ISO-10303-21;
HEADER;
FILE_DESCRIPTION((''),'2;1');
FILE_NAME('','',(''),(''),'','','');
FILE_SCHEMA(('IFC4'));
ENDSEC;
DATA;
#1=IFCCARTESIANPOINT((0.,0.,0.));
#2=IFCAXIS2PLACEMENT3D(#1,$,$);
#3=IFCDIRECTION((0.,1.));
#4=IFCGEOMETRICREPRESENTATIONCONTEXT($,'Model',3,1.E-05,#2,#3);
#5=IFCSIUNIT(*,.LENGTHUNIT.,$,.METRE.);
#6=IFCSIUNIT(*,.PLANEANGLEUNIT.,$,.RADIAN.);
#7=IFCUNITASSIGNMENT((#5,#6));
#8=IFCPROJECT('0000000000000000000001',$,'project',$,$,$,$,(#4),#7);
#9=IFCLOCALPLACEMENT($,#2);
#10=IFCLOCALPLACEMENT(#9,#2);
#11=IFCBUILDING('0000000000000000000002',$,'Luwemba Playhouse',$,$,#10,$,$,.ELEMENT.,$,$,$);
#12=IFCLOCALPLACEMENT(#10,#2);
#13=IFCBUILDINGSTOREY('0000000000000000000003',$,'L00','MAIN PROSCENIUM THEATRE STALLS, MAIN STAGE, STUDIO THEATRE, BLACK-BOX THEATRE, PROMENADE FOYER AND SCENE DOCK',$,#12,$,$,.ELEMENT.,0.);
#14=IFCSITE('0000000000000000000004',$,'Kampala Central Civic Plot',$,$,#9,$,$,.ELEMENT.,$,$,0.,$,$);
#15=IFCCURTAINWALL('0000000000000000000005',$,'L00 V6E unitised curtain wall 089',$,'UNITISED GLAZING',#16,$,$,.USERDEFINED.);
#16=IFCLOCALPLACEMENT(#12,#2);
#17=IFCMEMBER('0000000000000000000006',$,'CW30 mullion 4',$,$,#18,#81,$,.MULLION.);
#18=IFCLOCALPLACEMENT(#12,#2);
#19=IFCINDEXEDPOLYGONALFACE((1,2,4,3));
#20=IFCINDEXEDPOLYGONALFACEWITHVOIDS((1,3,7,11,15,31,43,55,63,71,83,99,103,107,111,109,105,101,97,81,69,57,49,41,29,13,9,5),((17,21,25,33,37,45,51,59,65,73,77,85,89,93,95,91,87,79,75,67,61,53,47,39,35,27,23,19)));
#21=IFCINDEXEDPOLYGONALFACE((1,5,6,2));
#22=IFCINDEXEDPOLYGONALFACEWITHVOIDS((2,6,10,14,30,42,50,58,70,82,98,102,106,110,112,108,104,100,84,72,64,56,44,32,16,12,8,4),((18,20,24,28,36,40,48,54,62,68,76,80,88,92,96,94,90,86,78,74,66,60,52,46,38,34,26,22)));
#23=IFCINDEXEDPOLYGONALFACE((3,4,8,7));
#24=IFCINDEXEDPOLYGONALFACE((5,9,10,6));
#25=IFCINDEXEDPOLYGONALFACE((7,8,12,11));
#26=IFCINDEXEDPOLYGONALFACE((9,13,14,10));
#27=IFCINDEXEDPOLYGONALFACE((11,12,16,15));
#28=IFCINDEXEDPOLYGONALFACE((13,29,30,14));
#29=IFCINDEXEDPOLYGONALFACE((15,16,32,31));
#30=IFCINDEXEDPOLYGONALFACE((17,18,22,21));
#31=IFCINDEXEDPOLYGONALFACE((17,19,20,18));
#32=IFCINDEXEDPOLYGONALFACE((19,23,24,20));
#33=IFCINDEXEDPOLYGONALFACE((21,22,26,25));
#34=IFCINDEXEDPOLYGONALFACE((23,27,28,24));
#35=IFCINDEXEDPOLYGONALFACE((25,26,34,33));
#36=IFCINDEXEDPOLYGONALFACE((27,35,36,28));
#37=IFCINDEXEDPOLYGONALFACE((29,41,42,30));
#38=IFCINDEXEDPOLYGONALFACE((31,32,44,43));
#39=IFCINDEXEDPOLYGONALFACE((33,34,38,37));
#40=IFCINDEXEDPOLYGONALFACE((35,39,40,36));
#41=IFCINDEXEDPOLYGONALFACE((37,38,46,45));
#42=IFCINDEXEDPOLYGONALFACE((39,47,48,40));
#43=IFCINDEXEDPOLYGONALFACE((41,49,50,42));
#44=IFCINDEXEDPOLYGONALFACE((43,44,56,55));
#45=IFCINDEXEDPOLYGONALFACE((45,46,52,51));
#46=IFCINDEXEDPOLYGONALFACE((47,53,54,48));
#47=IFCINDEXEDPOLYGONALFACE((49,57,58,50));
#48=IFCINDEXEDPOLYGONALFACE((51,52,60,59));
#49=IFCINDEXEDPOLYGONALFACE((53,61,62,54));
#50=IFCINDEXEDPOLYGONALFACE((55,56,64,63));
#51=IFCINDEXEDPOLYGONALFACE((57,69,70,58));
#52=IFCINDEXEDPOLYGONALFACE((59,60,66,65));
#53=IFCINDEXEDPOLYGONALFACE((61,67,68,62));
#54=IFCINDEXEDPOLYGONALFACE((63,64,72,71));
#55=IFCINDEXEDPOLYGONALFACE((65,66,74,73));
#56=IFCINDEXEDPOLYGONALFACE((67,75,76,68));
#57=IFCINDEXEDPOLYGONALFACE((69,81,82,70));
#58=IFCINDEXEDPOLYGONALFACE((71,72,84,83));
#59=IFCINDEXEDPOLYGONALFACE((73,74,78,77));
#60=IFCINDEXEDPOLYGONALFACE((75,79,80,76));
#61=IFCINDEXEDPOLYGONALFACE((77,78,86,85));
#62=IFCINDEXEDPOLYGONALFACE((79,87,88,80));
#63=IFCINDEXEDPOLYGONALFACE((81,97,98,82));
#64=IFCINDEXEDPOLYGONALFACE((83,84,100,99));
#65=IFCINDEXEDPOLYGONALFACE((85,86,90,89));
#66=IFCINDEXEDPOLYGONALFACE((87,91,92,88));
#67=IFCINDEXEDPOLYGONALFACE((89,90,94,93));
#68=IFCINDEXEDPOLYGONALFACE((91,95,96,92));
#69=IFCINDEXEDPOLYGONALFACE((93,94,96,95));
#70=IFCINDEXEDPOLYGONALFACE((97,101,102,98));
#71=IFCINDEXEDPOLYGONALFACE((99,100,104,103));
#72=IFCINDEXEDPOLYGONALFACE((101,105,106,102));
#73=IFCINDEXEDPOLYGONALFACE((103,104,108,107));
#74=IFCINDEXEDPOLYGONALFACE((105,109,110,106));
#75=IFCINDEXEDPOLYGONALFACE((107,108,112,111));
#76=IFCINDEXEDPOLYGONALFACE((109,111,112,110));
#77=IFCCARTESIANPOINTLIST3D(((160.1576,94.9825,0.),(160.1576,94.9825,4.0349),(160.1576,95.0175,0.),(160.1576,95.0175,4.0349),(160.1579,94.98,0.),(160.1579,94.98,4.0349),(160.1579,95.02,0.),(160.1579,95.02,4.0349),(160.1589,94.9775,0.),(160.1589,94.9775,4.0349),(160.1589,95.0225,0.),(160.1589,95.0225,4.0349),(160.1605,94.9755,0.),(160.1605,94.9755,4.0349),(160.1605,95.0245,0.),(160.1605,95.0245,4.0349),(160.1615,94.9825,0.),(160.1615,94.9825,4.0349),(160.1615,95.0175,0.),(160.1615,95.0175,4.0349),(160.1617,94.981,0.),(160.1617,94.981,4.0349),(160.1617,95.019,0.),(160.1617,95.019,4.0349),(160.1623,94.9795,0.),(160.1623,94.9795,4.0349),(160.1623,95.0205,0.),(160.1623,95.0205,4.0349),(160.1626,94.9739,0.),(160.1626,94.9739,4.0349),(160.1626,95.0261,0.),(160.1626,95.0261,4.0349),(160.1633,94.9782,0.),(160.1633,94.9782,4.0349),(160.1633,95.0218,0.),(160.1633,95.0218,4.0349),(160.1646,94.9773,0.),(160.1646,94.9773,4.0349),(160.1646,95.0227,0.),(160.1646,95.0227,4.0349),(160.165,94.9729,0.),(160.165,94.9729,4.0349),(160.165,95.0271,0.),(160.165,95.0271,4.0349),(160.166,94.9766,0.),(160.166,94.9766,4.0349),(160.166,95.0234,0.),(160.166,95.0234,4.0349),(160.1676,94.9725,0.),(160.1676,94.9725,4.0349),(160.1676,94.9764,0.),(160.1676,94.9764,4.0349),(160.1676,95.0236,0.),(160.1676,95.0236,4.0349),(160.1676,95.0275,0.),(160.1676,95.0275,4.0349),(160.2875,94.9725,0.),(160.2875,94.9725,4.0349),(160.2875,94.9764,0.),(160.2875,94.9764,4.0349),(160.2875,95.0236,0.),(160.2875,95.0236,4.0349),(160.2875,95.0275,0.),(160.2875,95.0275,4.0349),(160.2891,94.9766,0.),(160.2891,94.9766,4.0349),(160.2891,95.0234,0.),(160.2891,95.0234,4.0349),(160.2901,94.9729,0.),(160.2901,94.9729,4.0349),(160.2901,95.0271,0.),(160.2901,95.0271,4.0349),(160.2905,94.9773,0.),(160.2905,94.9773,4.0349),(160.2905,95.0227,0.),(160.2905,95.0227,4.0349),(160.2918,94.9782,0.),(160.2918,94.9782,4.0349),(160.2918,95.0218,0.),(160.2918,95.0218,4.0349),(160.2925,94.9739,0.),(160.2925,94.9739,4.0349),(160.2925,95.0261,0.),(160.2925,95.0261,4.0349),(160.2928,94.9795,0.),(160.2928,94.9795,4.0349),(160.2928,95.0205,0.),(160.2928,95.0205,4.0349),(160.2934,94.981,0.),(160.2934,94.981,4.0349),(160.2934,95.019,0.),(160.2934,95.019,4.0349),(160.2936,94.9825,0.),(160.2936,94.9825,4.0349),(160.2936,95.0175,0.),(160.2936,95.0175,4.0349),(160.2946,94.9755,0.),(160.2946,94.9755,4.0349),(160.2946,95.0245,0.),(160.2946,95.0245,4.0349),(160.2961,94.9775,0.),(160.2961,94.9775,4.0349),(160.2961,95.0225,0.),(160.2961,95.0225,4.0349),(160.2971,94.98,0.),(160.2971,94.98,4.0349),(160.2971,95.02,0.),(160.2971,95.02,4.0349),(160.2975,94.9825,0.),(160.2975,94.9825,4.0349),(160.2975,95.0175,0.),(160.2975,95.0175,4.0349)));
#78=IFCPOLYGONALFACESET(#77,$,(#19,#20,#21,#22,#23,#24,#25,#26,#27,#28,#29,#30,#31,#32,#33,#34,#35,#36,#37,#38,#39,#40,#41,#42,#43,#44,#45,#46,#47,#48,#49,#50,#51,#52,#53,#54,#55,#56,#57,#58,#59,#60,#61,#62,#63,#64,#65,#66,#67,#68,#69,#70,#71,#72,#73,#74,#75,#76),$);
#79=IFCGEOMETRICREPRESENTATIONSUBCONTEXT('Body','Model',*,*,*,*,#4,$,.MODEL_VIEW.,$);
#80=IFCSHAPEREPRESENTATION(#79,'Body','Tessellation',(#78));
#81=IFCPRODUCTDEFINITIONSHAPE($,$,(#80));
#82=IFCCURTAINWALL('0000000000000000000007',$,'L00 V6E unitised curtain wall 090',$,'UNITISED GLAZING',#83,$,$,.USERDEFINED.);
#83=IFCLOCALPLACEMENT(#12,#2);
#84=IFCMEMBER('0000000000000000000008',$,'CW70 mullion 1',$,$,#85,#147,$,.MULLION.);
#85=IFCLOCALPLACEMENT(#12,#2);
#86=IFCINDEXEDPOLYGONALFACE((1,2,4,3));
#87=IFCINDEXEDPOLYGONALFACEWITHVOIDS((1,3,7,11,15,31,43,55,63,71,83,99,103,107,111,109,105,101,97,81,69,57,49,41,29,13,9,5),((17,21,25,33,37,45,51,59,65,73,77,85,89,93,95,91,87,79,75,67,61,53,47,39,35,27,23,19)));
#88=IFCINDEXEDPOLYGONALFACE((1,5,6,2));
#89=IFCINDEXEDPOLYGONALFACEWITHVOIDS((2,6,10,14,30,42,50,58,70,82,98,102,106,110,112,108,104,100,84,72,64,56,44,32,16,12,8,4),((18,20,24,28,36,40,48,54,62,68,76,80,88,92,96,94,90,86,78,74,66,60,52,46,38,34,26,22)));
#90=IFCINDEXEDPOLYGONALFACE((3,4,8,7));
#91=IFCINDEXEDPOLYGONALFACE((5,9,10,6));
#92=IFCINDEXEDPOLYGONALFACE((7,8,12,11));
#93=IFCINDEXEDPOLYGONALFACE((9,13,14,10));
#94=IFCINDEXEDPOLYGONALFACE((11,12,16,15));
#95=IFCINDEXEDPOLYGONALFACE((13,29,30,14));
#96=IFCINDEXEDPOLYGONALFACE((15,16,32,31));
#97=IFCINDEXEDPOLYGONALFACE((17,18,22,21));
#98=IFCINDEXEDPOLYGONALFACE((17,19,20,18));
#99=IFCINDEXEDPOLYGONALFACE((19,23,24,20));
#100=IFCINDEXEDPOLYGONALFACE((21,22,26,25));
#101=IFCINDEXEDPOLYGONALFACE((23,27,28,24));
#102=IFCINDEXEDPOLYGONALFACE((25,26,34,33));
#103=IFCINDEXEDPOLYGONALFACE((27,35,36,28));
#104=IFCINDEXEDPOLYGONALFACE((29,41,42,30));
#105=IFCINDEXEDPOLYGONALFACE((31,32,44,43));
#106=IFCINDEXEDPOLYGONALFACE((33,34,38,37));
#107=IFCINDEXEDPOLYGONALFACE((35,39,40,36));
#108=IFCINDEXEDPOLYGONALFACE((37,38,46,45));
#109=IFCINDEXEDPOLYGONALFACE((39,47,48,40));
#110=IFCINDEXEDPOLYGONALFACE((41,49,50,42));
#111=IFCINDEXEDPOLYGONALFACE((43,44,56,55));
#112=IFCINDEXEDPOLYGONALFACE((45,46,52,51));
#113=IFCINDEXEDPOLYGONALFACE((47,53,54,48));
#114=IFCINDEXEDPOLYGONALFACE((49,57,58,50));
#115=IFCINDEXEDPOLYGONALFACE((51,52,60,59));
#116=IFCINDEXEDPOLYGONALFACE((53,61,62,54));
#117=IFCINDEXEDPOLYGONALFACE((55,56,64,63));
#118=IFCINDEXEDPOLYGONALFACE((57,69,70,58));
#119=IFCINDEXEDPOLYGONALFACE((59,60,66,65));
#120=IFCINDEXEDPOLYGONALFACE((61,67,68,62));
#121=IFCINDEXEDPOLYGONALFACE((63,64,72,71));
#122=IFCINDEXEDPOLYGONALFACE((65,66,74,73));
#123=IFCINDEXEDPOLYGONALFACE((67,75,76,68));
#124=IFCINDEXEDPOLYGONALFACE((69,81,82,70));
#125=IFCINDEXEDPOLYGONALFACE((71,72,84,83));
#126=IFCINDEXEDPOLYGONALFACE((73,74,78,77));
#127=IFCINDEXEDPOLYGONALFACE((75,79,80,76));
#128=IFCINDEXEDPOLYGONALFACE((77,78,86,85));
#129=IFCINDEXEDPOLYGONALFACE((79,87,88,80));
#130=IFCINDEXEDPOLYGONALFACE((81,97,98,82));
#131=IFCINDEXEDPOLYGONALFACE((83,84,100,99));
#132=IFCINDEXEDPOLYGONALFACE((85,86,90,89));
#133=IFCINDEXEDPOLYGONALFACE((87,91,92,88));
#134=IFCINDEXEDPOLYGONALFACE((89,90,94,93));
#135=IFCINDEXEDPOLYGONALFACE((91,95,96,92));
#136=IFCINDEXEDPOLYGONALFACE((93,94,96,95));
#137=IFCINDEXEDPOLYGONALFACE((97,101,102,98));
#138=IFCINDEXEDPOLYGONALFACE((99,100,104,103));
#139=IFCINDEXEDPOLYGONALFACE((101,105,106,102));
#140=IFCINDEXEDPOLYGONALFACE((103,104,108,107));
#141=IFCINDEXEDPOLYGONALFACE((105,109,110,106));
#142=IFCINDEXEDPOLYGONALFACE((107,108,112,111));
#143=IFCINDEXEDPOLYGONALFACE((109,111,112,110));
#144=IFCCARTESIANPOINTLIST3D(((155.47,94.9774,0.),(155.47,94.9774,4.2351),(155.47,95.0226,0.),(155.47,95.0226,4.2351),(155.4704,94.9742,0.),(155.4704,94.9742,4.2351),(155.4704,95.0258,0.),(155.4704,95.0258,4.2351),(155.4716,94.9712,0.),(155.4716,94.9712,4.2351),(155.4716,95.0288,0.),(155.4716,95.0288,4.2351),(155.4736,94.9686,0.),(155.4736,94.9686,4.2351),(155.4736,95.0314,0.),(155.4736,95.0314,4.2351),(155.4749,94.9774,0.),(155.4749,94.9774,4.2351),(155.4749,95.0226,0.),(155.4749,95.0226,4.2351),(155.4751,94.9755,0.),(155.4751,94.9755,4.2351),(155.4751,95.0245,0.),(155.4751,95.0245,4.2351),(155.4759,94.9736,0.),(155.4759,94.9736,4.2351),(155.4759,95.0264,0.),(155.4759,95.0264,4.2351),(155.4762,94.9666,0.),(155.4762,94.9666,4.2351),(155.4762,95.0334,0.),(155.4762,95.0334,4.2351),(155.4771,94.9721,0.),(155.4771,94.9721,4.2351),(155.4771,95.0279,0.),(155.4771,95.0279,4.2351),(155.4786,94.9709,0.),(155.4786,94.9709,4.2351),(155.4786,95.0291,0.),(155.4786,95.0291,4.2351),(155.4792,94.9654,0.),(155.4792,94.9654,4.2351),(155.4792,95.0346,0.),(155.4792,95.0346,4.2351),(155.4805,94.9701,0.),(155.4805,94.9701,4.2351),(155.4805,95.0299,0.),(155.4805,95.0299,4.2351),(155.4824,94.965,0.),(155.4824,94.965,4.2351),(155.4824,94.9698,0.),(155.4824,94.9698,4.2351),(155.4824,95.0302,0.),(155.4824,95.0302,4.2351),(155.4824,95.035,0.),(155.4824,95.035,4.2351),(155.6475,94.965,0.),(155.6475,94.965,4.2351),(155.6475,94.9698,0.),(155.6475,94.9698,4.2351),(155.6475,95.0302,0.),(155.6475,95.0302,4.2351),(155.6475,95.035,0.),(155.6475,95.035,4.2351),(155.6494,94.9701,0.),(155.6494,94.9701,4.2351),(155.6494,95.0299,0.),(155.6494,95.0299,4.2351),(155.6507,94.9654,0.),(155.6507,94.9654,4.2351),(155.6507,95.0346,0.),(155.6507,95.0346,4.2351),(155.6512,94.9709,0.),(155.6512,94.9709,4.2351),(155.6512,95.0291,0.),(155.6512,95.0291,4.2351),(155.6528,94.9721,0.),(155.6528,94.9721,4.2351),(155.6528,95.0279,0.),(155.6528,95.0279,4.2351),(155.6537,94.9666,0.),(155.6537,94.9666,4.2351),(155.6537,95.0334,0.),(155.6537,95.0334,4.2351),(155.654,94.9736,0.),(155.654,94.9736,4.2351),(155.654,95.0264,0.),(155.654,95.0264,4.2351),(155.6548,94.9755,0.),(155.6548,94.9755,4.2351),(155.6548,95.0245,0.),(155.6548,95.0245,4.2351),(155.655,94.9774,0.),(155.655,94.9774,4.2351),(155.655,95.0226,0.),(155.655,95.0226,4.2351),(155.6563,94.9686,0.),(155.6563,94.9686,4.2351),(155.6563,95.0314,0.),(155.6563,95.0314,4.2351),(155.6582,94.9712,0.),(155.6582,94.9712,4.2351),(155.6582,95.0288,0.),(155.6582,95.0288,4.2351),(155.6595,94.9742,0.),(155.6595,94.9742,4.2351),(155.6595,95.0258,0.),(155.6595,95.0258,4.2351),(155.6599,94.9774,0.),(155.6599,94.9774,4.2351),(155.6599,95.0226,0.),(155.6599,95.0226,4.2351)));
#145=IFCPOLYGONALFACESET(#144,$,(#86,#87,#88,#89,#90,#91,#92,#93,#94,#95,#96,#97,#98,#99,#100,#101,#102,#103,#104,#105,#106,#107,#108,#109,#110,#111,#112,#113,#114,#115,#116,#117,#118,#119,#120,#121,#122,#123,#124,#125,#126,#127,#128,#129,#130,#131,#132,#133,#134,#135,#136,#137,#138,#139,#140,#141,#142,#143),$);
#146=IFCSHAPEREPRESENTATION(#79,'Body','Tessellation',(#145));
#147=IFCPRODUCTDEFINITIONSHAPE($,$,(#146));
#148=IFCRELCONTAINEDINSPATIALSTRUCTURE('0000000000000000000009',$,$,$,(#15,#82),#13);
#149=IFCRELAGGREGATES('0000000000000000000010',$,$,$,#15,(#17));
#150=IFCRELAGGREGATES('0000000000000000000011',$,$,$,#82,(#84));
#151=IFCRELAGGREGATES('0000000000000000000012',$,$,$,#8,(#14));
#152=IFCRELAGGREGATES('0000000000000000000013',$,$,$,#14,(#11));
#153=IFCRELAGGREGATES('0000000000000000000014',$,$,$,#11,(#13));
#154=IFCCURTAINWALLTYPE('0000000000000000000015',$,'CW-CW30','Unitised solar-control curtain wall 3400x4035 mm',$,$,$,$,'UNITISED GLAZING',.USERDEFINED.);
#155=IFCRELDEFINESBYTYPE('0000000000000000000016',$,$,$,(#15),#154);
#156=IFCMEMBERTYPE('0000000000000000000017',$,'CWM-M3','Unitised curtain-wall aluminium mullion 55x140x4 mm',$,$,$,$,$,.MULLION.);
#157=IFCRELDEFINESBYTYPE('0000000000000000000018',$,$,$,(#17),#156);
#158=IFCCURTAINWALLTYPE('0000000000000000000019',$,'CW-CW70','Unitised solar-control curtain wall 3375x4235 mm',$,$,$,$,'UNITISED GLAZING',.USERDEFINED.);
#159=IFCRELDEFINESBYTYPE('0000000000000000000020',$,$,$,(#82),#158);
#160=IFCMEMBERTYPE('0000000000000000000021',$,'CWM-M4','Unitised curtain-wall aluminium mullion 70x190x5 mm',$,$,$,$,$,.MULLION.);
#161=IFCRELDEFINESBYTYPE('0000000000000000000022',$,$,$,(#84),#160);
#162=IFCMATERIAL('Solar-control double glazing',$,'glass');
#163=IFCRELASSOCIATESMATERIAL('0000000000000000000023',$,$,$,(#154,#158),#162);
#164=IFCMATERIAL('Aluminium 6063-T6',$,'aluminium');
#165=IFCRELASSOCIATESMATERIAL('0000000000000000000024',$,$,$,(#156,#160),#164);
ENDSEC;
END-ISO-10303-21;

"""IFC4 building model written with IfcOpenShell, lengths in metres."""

from ifc_helpers import new_model, si_unit, direction, frame, origin, origin_2d, place, context, subcontext, project, spatial, hollow_rectangle, extrude, material, material_profile, profile_set, type_object, element, aggregate, save


model = new_model("IFC4")

# Units and contexts
model_context = context("Model", 3, precision=1e-05, world=origin(), true_north=direction((0.0, 1.0)))
body_context = subcontext(model_context, "Body", "Model", "MODEL_VIEW")
ifc_project = project(units=[si_unit("LENGTHUNIT", "METRE"), si_unit("PLANEANGLEUNIT", "RADIAN")], contexts=[model_context])

# Site, building, storey
site_placement = place(None, origin())
site = spatial("IfcSite", under=ifc_project, at=site_placement, Name="Kampala Central Civic Plot", CompositionType="ELEMENT", RefElevation=0.0)
building_placement = place(site_placement, origin())
building = spatial("IfcBuilding", under=site, at=building_placement, Name="Luwemba Playhouse", CompositionType="ELEMENT")
storey_placement = place(building_placement, origin())
storey = spatial("IfcBuildingStorey", under=building, at=storey_placement, Name="L00", Description="MAIN PROSCENIUM THEATRE STALLS, MAIN STAGE, STUDIO THEATRE, BLACK-BOX THEATRE, PROMENADE FOYER AND SCENE DOCK", CompositionType="ELEMENT", Elevation=0.0)

# Curtain wall, member
ifc_material_1 = material(Name="Solar-control double glazing", Category="glass")
curtain_wall_type_1 = type_object("IfcCurtainWallType", Name="CW-CW30", Description="Unitised solar-control curtain wall 3400x4035 mm", ElementType="UNITISED GLAZING", PredefinedType="USERDEFINED", material=ifc_material_1)
curtain_wall_1_placement = place(storey_placement, origin())
curtain_wall_1 = element("IfcCurtainWall", 1, at=curtain_wall_1_placement, inside=storey, type_object=curtain_wall_type_1, Name="L00 V6E unitised curtain wall 089", ObjectType="UNITISED GLAZING", PredefinedType="USERDEFINED")
ifc_material_2 = material(Name="Aluminium 6063-T6", Category="aluminium")
ifc_material_profile_1 = material_profile(ifc_material_2, hollow_rectangle(XDim=0.0549, YDim=0.1399, WallThickness=0.0039, InnerFilletRadius=0.0061, OuterFilletRadius=0.01, at=origin_2d()))
ifc_profile_set_1 = profile_set([ifc_material_profile_1], Name="Aluminium 6063-T6")
member_type_1 = type_object("IfcMemberType", Name="CWM-M3", Description="Unitised curtain-wall aluminium mullion 55x140x4 mm", PredefinedType="MULLION", material=ifc_profile_set_1)
member_1_placement = place(storey_placement, frame((160.2275, 95.0, 0.0), z_axis=(0.0, 0.0, 1.0), x_axis=(0.0, -1.0, 0.0)))
member_1 = element("IfcMember", 2, at=member_1_placement, type_object=member_type_1, Name="CW30 mullion 4", PredefinedType="MULLION", context=body_context, shape_type="SweptSolid", body=[
    extrude(hollow_rectangle(XDim=0.0549, YDim=0.1399, WallThickness=0.0039, InnerFilletRadius=0.0061, OuterFilletRadius=0.01, at=origin_2d()), origin(), (0.0, 0.0, 1.0), 4.0349),
])
aggregate(curtain_wall_1, [member_1])

# Curtain wall, member
curtain_wall_type_2 = type_object("IfcCurtainWallType", Name="CW-CW70", Description="Unitised solar-control curtain wall 3375x4235 mm", ElementType="UNITISED GLAZING", PredefinedType="USERDEFINED", material=ifc_material_1)
curtain_wall_2_placement = place(storey_placement, origin())
curtain_wall_2 = element("IfcCurtainWall", 3, at=curtain_wall_2_placement, inside=storey, type_object=curtain_wall_type_2, Name="L00 V6E unitised curtain wall 090", ObjectType="UNITISED GLAZING", PredefinedType="USERDEFINED")
ifc_material_profile_2 = material_profile(ifc_material_2, hollow_rectangle(XDim=0.0701, YDim=0.1899, WallThickness=0.0049, InnerFilletRadius=0.0076, OuterFilletRadius=0.0125, at=origin_2d()))
ifc_profile_set_2 = profile_set([ifc_material_profile_2], Name="Aluminium 6063-T6")
member_type_2 = type_object("IfcMemberType", Name="CWM-M4", Description="Unitised curtain-wall aluminium mullion 70x190x5 mm", PredefinedType="MULLION", material=ifc_profile_set_2)
member_2_placement = place(storey_placement, frame((155.5649, 95.0, 0.0), z_axis=(0.0, 0.0, 1.0), x_axis=(0.0, -1.0, 0.0)))
member_2 = element("IfcMember", 4, at=member_2_placement, type_object=member_type_2, Name="CW70 mullion 1", PredefinedType="MULLION", context=body_context, shape_type="SweptSolid", body=[
    extrude(hollow_rectangle(XDim=0.0701, YDim=0.1899, WallThickness=0.0049, InnerFilletRadius=0.0076, OuterFilletRadius=0.0125, at=origin_2d()), origin(), (0.0, 0.0, 1.0), 4.2351),
])
aggregate(curtain_wall_2, [member_2])

save(model, "model.ifc")
